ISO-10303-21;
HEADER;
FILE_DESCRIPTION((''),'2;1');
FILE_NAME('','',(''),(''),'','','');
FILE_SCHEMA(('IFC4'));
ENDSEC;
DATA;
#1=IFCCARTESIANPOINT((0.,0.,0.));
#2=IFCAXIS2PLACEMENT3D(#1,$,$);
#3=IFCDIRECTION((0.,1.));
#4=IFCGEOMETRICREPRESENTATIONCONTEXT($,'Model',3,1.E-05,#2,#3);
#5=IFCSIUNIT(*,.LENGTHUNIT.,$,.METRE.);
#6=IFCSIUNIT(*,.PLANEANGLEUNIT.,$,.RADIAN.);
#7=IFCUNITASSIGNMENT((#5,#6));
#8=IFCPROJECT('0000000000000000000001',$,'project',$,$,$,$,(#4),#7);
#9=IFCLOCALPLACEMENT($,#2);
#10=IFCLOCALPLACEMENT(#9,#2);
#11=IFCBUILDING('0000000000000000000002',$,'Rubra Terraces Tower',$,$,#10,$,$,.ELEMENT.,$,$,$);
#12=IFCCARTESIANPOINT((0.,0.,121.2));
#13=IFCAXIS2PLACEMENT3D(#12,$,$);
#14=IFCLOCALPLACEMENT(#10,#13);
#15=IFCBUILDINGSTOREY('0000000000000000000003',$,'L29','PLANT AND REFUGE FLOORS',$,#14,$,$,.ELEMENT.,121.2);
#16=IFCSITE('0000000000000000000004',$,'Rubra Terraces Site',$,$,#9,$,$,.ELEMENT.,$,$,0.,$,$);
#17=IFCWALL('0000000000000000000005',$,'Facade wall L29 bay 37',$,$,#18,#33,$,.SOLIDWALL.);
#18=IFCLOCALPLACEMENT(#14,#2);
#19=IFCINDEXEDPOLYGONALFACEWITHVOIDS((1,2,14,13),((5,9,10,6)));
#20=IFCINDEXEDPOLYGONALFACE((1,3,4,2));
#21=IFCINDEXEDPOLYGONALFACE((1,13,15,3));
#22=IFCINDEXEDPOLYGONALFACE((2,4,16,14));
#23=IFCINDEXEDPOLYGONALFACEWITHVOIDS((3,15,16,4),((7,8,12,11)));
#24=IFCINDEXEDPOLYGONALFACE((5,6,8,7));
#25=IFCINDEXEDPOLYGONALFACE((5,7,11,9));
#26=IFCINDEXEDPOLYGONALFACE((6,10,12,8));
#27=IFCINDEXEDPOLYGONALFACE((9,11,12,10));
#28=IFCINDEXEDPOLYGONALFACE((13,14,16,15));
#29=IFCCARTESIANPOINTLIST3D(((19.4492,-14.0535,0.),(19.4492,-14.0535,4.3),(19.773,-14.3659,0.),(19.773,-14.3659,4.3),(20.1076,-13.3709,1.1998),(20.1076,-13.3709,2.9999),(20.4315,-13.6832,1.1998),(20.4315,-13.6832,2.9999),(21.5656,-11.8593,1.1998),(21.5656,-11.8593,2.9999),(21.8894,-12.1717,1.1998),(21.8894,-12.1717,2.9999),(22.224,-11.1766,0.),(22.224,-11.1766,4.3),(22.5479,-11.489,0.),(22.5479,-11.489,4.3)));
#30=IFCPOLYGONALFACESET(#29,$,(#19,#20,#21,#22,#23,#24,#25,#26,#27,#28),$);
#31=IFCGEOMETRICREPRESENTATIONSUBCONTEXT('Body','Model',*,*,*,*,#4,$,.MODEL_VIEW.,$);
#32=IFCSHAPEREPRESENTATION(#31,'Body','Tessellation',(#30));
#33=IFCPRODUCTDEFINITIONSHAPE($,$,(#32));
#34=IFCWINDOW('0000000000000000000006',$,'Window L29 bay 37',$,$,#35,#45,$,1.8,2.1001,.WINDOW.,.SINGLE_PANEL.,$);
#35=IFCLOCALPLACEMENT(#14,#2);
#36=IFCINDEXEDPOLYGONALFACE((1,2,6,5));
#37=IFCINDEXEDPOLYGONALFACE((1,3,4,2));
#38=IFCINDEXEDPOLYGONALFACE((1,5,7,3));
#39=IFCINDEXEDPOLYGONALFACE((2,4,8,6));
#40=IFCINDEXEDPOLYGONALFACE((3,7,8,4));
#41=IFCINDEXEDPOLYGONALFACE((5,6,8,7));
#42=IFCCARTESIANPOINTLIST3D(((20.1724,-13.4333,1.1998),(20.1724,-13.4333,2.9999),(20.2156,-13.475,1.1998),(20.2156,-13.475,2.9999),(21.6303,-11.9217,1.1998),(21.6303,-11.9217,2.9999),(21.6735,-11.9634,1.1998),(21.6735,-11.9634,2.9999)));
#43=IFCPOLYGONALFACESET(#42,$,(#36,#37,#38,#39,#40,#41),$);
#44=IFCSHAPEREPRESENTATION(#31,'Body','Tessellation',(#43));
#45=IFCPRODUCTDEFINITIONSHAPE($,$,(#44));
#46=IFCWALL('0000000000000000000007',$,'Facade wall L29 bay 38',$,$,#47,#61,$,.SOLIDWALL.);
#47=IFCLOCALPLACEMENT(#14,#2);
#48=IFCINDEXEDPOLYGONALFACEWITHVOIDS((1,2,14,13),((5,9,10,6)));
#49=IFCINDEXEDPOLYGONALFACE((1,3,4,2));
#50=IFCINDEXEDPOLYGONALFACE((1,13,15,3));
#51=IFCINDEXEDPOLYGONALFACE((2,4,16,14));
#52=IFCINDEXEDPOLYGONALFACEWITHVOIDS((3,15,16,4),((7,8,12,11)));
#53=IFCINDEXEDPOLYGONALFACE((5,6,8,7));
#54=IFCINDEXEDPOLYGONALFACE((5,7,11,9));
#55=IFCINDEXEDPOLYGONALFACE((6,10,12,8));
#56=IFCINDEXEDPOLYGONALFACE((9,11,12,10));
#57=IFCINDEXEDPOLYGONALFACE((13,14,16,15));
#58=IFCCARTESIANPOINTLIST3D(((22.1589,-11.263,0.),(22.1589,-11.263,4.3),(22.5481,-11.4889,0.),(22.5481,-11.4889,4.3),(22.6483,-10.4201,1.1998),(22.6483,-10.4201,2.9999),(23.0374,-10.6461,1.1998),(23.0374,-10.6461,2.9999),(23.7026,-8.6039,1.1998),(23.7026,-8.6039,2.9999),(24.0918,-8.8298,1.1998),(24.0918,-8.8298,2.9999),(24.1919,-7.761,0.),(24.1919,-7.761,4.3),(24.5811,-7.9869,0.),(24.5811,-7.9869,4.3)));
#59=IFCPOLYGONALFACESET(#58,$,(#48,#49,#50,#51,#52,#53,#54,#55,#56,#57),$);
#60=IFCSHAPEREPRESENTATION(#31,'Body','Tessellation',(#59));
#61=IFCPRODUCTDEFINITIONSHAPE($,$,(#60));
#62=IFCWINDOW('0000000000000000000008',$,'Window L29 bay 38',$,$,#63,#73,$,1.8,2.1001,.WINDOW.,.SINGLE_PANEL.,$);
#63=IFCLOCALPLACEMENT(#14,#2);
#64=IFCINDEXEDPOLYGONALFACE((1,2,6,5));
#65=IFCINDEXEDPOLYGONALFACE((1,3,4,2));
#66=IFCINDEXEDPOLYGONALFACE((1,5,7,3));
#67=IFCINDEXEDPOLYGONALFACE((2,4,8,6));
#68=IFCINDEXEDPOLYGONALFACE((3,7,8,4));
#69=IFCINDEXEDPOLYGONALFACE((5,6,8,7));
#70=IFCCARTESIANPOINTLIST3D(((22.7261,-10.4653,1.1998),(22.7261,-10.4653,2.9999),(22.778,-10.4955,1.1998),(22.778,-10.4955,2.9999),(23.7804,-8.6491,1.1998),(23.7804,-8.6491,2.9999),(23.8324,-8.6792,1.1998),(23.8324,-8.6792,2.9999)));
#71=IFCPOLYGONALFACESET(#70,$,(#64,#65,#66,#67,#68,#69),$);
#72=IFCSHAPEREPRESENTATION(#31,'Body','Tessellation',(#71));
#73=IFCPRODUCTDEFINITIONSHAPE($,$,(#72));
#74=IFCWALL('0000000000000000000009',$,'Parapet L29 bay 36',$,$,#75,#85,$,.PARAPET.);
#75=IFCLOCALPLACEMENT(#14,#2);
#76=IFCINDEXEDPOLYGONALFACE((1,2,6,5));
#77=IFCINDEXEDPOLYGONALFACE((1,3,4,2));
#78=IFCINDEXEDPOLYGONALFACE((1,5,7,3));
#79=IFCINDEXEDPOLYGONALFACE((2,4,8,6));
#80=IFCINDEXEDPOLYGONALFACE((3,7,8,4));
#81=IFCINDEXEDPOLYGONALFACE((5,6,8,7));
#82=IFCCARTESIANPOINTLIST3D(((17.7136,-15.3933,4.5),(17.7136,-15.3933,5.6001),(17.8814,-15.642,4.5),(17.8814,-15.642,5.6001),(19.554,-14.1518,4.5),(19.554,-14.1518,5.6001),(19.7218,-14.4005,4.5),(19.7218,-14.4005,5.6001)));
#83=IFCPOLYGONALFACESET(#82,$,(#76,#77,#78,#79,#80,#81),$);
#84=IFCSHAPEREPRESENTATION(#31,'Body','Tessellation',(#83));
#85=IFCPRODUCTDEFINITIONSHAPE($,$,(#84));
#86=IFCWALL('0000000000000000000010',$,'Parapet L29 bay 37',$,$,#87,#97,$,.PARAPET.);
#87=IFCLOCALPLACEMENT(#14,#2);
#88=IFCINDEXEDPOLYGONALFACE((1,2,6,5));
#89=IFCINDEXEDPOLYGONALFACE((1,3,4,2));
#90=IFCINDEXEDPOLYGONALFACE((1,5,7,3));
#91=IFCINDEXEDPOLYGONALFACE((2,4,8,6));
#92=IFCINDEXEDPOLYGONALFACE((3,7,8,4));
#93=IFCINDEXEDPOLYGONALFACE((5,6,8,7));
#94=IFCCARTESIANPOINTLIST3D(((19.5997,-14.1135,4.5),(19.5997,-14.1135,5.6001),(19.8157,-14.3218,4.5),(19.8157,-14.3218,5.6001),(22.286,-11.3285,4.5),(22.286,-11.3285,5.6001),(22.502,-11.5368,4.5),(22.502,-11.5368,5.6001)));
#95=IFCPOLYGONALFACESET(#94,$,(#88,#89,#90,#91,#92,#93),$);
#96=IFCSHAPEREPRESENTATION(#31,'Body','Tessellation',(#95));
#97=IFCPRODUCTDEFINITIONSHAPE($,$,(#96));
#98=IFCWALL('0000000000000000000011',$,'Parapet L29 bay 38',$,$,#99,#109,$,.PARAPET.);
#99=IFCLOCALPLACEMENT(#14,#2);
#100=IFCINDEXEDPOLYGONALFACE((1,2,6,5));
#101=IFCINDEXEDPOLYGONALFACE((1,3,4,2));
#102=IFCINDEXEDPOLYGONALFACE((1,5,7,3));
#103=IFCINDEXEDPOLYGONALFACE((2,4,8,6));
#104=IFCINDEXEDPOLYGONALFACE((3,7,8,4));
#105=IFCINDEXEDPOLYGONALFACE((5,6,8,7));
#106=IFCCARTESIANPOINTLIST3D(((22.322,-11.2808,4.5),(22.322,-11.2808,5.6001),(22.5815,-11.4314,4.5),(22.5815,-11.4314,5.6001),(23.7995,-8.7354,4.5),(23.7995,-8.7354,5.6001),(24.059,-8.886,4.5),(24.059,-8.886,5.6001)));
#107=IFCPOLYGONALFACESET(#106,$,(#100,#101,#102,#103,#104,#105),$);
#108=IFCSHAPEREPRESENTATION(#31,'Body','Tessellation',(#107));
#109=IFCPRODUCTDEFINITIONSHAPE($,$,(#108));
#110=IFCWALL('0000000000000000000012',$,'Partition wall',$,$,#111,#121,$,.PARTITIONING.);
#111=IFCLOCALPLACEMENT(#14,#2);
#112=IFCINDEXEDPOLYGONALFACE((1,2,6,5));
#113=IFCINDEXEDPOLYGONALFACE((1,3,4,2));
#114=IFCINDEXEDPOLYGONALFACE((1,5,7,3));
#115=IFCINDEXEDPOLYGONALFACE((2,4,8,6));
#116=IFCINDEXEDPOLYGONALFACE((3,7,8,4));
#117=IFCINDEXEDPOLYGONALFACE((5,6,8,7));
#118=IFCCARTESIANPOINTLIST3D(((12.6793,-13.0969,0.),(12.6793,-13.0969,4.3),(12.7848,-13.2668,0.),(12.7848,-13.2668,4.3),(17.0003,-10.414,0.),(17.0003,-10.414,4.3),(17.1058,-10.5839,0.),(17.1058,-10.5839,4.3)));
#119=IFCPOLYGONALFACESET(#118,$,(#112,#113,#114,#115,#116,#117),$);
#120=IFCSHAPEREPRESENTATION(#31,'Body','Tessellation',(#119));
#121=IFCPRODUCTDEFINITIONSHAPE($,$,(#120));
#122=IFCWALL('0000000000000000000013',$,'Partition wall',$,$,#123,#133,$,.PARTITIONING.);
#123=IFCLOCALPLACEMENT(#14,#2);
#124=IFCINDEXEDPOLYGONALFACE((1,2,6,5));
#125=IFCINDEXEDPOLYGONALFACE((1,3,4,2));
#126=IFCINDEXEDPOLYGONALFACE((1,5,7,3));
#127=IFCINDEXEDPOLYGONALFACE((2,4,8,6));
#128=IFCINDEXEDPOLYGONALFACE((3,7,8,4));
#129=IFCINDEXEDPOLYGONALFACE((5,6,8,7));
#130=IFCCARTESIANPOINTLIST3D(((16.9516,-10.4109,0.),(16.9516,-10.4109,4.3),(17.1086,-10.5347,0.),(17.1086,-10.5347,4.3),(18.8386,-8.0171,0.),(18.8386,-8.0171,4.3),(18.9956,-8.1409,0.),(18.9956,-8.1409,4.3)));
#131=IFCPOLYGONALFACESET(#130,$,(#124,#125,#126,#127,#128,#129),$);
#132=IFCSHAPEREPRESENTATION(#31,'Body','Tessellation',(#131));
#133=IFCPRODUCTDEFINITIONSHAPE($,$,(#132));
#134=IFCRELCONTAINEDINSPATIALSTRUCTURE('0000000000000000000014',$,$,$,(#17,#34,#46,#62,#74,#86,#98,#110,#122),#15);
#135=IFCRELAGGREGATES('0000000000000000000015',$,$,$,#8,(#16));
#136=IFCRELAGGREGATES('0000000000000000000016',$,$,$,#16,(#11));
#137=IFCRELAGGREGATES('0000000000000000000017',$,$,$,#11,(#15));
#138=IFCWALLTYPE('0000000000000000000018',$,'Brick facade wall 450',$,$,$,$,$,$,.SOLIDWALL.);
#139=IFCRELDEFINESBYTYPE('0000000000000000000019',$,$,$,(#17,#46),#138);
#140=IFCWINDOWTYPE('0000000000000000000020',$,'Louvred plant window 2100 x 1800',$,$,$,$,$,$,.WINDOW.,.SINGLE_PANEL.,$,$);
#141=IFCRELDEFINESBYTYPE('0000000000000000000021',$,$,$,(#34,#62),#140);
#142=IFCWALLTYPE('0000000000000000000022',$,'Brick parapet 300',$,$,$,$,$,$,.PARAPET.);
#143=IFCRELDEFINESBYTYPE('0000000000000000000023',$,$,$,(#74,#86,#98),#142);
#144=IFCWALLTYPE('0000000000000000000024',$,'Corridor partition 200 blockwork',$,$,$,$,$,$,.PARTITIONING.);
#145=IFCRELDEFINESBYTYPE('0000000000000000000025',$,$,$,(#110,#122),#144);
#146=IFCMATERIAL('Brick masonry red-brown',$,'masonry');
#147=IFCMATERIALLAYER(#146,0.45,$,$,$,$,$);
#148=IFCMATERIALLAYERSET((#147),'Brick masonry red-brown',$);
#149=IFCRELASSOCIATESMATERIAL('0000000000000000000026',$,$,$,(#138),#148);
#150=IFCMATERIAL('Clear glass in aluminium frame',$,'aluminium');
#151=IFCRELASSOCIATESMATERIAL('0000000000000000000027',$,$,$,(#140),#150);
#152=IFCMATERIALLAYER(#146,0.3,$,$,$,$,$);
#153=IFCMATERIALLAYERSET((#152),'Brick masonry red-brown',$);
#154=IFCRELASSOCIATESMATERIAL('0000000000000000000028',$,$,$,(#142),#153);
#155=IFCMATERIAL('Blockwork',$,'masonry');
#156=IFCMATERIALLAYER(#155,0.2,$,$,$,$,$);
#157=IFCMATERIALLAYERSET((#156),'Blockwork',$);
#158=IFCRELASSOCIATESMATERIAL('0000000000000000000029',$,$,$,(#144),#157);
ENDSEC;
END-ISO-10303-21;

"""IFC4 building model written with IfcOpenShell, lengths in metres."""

from ifc_helpers import new_model, si_unit, direction, frame, frame_2d, origin, place, context, subcontext, project, spatial, rectangle, extrude, material, layer, layer_set, type_object, element, fill, save


model = new_model("IFC4")

# Units and contexts
model_context = context("Model", 3, precision=1e-05, world=origin(), true_north=direction((0.0, 1.0)))
body_context = subcontext(model_context, "Body", "Model", "MODEL_VIEW")
ifc_project = project(units=[si_unit("LENGTHUNIT", "METRE"), si_unit("PLANEANGLEUNIT", "RADIAN")], contexts=[model_context])

# Site, building, storey
site_placement = place(None, origin())
site = spatial("IfcSite", under=ifc_project, at=site_placement, Name="Rubra Terraces Site", CompositionType="ELEMENT", RefElevation=0.0)
building_placement = place(site_placement, origin())
building = spatial("IfcBuilding", under=site, at=building_placement, Name="Rubra Terraces Tower", CompositionType="ELEMENT")
storey_placement = place(building_placement, frame((0.0, 0.0, 121.2)))
storey = spatial("IfcBuildingStorey", under=building, at=storey_placement, Name="L29", Description="PLANT AND REFUGE FLOORS", CompositionType="ELEMENT", Elevation=121.2)

# Walls, openings, windows
ifc_material_1 = material(Name="Brick masonry red-brown", Category="masonry")
ifc_layer_1 = layer(ifc_material_1, 0.45)
ifc_layer_set_1 = layer_set([ifc_layer_1], Name="Brick masonry red-brown")
wall_type_1 = type_object("IfcWallType", Name="Brick facade wall 450", PredefinedType="SOLIDWALL", material=ifc_layer_set_1)
ifc_material_2 = material(Name="Clear glass in aluminium frame", Category="aluminium")
window_type = type_object("IfcWindowType", Name="Louvred plant window 2100 x 1800", PartitioningType="SINGLE_PANEL", PredefinedType="WINDOW", material=ifc_material_2)
wall_1_placement = place(storey_placement, frame((19.6111, -14.2097, 0.0), z_axis=(0.0, 0.0, 1.0), x_axis=(0.694226, 0.719757, 0.0)))
wall_1 = element("IfcWall", 1, at=wall_1_placement, inside=storey, type_object=wall_type_1, Name="Facade wall L29 bay 37", PredefinedType="SOLIDWALL", context=body_context, shape_type="SweptSolid", body=[
    extrude(rectangle(XDim=3.9971, YDim=0.45, at=frame_2d((1.9985, 0.0))), origin(), (0.0, 0.0, 1.0), 4.3),
])
opening_1_placement = place(wall_1_placement, frame((0.9485, 0.0, 1.2)))
opening_1 = element("IfcOpeningElement", 2, at=opening_1_placement, cuts=wall_1, PredefinedType="OPENING", context=body_context, shape_type="SweptSolid", body=[
    extrude(rectangle(XDim=2.1001, YDim=1.8, at=frame_2d((1.05, 0.8999))), frame((0.0, 0.2349, 0.0), z_axis=(0.0, -1.0, 0.0), x_axis=(1.0, 0.0, 0.0)), (0.0, 0.0, 1.0), 0.47),
])
window_1_placement = place(opening_1_placement, origin())
window_1 = element("IfcWindow", 3, at=window_1_placement, inside=storey, type_object=window_type, Name="Window L29 bay 37", OverallHeight=1.8, OverallWidth=2.1001, PartitioningType="SINGLE_PANEL", PredefinedType="WINDOW", context=body_context, shape_type="SweptSolid", body=[
    extrude(rectangle(XDim=2.1001, YDim=1.8, at=frame_2d((1.05, 0.8999))), frame((0.0, 0.135, 0.0), z_axis=(0.0, -1.0, 0.0), x_axis=(1.0, 0.0, 0.0)), (0.0, 0.0, 1.0), 0.0601),
])
fill(opening_1, window_1)
wall_2_placement = place(storey_placement, frame((22.3535, -11.376, 0.0), z_axis=(0.0, 0.0, 1.0), x_axis=(0.502056, 0.864835, 0.0)))
wall_2 = element("IfcWall", 4, at=wall_2_placement, inside=storey, type_object=wall_type_1, Name="Facade wall L29 bay 38", PredefinedType="SOLIDWALL", context=body_context, shape_type="SweptSolid", body=[
    extrude(rectangle(XDim=4.0493, YDim=0.45, at=frame_2d((2.0247, 0.0))), origin(), (0.0, 0.0, 1.0), 4.3),
])
opening_2_placement = place(wall_2_placement, frame((0.9746, 0.0, 1.2)))
opening_2 = element("IfcOpeningElement", 5, at=opening_2_placement, cuts=wall_2, PredefinedType="OPENING", context=body_context, shape_type="SweptSolid", body=[
    extrude(rectangle(XDim=2.1001, YDim=1.8, at=frame_2d((1.05, 0.8999))), frame((0.0, 0.2349, 0.0), z_axis=(0.0, -1.0, 0.0), x_axis=(1.0, 0.0, 0.0)), (0.0, 0.0, 1.0), 0.47),
])
window_2_placement = place(opening_2_placement, origin())
window_2 = element("IfcWindow", 6, at=window_2_placement, inside=storey, type_object=window_type, Name="Window L29 bay 38", OverallHeight=1.8, OverallWidth=2.1001, PartitioningType="SINGLE_PANEL", PredefinedType="WINDOW", context=body_context, shape_type="SweptSolid", body=[
    extrude(rectangle(XDim=2.1001, YDim=1.8, at=frame_2d((1.05, 0.8999))), frame((0.0, 0.135, 0.0), z_axis=(0.0, -1.0, 0.0), x_axis=(1.0, 0.0, 0.0)), (0.0, 0.0, 1.0), 0.0601),
])
fill(opening_2, window_2)

# Walls
ifc_layer_2 = layer(ifc_material_1, 0.3)
ifc_layer_set_2 = layer_set([ifc_layer_2], Name="Brick masonry red-brown")
wall_type_2 = type_object("IfcWallType", Name="Brick parapet 300", PredefinedType="PARAPET", material=ifc_layer_set_2)
wall_3_placement = place(storey_placement, frame((17.7976, -15.5176, 4.5), z_axis=(0.0, 0.0, 1.0), x_axis=(0.829009, 0.559235, 0.0)))
element("IfcWall", 7, at=wall_3_placement, inside=storey, type_object=wall_type_2, Name="Parapet L29 bay 36", PredefinedType="PARAPET", context=body_context, shape_type="SweptSolid", body=[
    extrude(rectangle(XDim=2.22, YDim=0.3, at=frame_2d((1.1099, 0.0))), origin(), (0.0, 0.0, 1.0), 1.1001),
])
wall_4_placement = place(storey_placement, frame((19.7078, -14.2175, 4.5), z_axis=(0.0, 0.0, 1.0), x_axis=(0.694246, 0.719737, 0.0)))
element("IfcWall", 8, at=wall_4_placement, inside=storey, type_object=wall_type_2, Name="Parapet L29 bay 37", PredefinedType="PARAPET", context=body_context, shape_type="SweptSolid", body=[
    extrude(rectangle(XDim=3.8694, YDim=0.3, at=frame_2d((1.9346, 0.0))), origin(), (0.0, 0.0, 1.0), 1.1001),
])
wall_5_placement = place(storey_placement, frame((22.4517, -11.3562, 4.5), z_axis=(0.0, 0.0, 1.0), x_axis=(0.502023, 0.864854, 0.0)))
element("IfcWall", 9, at=wall_5_placement, inside=storey, type_object=wall_type_2, Name="Parapet L29 bay 38", PredefinedType="PARAPET", context=body_context, shape_type="SweptSolid", body=[
    extrude(rectangle(XDim=2.9431, YDim=0.3, at=frame_2d((1.4717, 0.0))), origin(), (0.0, 0.0, 1.0), 1.1001),
])
ifc_material_3 = material(Name="Blockwork", Category="masonry")
ifc_layer_3 = layer(ifc_material_3, 0.2)
ifc_layer_set_3 = layer_set([ifc_layer_3], Name="Blockwork")
wall_type_3 = type_object("IfcWallType", Name="Corridor partition 200 blockwork", PredefinedType="PARTITIONING", material=ifc_layer_set_3)
wall_6_placement = place(storey_placement, frame((17.053, -10.499, 0.0), z_axis=(0.0, 0.0, 1.0), x_axis=(-0.849567, -0.527481, 0.0)))
element("IfcWall", 10, at=wall_6_placement, inside=storey, type_object=wall_type_3, Name="Partition wall", PredefinedType="PARTITIONING", context=body_context, shape_type="SweptSolid", body=[
    extrude(rectangle(XDim=5.0862, YDim=0.2, at=frame_2d((2.543, 0.0))), origin(), (0.0, 0.0, 1.0), 4.3),
])
wall_7_placement = place(storey_placement, frame((18.917, -8.0791, 0.0), z_axis=(0.0, 0.0, 1.0), x_axis=(-0.619062, -0.785342, 0.0)))
element("IfcWall", 11, at=wall_7_placement, inside=storey, type_object=wall_type_3, Name="Partition wall", PredefinedType="PARTITIONING", context=body_context, shape_type="SweptSolid", body=[
    extrude(rectangle(XDim=3.0481, YDim=0.2, at=frame_2d((1.5239, 0.0))), origin(), (0.0, 0.0, 1.0), 4.3),
])

save(model, "model.ifc")
